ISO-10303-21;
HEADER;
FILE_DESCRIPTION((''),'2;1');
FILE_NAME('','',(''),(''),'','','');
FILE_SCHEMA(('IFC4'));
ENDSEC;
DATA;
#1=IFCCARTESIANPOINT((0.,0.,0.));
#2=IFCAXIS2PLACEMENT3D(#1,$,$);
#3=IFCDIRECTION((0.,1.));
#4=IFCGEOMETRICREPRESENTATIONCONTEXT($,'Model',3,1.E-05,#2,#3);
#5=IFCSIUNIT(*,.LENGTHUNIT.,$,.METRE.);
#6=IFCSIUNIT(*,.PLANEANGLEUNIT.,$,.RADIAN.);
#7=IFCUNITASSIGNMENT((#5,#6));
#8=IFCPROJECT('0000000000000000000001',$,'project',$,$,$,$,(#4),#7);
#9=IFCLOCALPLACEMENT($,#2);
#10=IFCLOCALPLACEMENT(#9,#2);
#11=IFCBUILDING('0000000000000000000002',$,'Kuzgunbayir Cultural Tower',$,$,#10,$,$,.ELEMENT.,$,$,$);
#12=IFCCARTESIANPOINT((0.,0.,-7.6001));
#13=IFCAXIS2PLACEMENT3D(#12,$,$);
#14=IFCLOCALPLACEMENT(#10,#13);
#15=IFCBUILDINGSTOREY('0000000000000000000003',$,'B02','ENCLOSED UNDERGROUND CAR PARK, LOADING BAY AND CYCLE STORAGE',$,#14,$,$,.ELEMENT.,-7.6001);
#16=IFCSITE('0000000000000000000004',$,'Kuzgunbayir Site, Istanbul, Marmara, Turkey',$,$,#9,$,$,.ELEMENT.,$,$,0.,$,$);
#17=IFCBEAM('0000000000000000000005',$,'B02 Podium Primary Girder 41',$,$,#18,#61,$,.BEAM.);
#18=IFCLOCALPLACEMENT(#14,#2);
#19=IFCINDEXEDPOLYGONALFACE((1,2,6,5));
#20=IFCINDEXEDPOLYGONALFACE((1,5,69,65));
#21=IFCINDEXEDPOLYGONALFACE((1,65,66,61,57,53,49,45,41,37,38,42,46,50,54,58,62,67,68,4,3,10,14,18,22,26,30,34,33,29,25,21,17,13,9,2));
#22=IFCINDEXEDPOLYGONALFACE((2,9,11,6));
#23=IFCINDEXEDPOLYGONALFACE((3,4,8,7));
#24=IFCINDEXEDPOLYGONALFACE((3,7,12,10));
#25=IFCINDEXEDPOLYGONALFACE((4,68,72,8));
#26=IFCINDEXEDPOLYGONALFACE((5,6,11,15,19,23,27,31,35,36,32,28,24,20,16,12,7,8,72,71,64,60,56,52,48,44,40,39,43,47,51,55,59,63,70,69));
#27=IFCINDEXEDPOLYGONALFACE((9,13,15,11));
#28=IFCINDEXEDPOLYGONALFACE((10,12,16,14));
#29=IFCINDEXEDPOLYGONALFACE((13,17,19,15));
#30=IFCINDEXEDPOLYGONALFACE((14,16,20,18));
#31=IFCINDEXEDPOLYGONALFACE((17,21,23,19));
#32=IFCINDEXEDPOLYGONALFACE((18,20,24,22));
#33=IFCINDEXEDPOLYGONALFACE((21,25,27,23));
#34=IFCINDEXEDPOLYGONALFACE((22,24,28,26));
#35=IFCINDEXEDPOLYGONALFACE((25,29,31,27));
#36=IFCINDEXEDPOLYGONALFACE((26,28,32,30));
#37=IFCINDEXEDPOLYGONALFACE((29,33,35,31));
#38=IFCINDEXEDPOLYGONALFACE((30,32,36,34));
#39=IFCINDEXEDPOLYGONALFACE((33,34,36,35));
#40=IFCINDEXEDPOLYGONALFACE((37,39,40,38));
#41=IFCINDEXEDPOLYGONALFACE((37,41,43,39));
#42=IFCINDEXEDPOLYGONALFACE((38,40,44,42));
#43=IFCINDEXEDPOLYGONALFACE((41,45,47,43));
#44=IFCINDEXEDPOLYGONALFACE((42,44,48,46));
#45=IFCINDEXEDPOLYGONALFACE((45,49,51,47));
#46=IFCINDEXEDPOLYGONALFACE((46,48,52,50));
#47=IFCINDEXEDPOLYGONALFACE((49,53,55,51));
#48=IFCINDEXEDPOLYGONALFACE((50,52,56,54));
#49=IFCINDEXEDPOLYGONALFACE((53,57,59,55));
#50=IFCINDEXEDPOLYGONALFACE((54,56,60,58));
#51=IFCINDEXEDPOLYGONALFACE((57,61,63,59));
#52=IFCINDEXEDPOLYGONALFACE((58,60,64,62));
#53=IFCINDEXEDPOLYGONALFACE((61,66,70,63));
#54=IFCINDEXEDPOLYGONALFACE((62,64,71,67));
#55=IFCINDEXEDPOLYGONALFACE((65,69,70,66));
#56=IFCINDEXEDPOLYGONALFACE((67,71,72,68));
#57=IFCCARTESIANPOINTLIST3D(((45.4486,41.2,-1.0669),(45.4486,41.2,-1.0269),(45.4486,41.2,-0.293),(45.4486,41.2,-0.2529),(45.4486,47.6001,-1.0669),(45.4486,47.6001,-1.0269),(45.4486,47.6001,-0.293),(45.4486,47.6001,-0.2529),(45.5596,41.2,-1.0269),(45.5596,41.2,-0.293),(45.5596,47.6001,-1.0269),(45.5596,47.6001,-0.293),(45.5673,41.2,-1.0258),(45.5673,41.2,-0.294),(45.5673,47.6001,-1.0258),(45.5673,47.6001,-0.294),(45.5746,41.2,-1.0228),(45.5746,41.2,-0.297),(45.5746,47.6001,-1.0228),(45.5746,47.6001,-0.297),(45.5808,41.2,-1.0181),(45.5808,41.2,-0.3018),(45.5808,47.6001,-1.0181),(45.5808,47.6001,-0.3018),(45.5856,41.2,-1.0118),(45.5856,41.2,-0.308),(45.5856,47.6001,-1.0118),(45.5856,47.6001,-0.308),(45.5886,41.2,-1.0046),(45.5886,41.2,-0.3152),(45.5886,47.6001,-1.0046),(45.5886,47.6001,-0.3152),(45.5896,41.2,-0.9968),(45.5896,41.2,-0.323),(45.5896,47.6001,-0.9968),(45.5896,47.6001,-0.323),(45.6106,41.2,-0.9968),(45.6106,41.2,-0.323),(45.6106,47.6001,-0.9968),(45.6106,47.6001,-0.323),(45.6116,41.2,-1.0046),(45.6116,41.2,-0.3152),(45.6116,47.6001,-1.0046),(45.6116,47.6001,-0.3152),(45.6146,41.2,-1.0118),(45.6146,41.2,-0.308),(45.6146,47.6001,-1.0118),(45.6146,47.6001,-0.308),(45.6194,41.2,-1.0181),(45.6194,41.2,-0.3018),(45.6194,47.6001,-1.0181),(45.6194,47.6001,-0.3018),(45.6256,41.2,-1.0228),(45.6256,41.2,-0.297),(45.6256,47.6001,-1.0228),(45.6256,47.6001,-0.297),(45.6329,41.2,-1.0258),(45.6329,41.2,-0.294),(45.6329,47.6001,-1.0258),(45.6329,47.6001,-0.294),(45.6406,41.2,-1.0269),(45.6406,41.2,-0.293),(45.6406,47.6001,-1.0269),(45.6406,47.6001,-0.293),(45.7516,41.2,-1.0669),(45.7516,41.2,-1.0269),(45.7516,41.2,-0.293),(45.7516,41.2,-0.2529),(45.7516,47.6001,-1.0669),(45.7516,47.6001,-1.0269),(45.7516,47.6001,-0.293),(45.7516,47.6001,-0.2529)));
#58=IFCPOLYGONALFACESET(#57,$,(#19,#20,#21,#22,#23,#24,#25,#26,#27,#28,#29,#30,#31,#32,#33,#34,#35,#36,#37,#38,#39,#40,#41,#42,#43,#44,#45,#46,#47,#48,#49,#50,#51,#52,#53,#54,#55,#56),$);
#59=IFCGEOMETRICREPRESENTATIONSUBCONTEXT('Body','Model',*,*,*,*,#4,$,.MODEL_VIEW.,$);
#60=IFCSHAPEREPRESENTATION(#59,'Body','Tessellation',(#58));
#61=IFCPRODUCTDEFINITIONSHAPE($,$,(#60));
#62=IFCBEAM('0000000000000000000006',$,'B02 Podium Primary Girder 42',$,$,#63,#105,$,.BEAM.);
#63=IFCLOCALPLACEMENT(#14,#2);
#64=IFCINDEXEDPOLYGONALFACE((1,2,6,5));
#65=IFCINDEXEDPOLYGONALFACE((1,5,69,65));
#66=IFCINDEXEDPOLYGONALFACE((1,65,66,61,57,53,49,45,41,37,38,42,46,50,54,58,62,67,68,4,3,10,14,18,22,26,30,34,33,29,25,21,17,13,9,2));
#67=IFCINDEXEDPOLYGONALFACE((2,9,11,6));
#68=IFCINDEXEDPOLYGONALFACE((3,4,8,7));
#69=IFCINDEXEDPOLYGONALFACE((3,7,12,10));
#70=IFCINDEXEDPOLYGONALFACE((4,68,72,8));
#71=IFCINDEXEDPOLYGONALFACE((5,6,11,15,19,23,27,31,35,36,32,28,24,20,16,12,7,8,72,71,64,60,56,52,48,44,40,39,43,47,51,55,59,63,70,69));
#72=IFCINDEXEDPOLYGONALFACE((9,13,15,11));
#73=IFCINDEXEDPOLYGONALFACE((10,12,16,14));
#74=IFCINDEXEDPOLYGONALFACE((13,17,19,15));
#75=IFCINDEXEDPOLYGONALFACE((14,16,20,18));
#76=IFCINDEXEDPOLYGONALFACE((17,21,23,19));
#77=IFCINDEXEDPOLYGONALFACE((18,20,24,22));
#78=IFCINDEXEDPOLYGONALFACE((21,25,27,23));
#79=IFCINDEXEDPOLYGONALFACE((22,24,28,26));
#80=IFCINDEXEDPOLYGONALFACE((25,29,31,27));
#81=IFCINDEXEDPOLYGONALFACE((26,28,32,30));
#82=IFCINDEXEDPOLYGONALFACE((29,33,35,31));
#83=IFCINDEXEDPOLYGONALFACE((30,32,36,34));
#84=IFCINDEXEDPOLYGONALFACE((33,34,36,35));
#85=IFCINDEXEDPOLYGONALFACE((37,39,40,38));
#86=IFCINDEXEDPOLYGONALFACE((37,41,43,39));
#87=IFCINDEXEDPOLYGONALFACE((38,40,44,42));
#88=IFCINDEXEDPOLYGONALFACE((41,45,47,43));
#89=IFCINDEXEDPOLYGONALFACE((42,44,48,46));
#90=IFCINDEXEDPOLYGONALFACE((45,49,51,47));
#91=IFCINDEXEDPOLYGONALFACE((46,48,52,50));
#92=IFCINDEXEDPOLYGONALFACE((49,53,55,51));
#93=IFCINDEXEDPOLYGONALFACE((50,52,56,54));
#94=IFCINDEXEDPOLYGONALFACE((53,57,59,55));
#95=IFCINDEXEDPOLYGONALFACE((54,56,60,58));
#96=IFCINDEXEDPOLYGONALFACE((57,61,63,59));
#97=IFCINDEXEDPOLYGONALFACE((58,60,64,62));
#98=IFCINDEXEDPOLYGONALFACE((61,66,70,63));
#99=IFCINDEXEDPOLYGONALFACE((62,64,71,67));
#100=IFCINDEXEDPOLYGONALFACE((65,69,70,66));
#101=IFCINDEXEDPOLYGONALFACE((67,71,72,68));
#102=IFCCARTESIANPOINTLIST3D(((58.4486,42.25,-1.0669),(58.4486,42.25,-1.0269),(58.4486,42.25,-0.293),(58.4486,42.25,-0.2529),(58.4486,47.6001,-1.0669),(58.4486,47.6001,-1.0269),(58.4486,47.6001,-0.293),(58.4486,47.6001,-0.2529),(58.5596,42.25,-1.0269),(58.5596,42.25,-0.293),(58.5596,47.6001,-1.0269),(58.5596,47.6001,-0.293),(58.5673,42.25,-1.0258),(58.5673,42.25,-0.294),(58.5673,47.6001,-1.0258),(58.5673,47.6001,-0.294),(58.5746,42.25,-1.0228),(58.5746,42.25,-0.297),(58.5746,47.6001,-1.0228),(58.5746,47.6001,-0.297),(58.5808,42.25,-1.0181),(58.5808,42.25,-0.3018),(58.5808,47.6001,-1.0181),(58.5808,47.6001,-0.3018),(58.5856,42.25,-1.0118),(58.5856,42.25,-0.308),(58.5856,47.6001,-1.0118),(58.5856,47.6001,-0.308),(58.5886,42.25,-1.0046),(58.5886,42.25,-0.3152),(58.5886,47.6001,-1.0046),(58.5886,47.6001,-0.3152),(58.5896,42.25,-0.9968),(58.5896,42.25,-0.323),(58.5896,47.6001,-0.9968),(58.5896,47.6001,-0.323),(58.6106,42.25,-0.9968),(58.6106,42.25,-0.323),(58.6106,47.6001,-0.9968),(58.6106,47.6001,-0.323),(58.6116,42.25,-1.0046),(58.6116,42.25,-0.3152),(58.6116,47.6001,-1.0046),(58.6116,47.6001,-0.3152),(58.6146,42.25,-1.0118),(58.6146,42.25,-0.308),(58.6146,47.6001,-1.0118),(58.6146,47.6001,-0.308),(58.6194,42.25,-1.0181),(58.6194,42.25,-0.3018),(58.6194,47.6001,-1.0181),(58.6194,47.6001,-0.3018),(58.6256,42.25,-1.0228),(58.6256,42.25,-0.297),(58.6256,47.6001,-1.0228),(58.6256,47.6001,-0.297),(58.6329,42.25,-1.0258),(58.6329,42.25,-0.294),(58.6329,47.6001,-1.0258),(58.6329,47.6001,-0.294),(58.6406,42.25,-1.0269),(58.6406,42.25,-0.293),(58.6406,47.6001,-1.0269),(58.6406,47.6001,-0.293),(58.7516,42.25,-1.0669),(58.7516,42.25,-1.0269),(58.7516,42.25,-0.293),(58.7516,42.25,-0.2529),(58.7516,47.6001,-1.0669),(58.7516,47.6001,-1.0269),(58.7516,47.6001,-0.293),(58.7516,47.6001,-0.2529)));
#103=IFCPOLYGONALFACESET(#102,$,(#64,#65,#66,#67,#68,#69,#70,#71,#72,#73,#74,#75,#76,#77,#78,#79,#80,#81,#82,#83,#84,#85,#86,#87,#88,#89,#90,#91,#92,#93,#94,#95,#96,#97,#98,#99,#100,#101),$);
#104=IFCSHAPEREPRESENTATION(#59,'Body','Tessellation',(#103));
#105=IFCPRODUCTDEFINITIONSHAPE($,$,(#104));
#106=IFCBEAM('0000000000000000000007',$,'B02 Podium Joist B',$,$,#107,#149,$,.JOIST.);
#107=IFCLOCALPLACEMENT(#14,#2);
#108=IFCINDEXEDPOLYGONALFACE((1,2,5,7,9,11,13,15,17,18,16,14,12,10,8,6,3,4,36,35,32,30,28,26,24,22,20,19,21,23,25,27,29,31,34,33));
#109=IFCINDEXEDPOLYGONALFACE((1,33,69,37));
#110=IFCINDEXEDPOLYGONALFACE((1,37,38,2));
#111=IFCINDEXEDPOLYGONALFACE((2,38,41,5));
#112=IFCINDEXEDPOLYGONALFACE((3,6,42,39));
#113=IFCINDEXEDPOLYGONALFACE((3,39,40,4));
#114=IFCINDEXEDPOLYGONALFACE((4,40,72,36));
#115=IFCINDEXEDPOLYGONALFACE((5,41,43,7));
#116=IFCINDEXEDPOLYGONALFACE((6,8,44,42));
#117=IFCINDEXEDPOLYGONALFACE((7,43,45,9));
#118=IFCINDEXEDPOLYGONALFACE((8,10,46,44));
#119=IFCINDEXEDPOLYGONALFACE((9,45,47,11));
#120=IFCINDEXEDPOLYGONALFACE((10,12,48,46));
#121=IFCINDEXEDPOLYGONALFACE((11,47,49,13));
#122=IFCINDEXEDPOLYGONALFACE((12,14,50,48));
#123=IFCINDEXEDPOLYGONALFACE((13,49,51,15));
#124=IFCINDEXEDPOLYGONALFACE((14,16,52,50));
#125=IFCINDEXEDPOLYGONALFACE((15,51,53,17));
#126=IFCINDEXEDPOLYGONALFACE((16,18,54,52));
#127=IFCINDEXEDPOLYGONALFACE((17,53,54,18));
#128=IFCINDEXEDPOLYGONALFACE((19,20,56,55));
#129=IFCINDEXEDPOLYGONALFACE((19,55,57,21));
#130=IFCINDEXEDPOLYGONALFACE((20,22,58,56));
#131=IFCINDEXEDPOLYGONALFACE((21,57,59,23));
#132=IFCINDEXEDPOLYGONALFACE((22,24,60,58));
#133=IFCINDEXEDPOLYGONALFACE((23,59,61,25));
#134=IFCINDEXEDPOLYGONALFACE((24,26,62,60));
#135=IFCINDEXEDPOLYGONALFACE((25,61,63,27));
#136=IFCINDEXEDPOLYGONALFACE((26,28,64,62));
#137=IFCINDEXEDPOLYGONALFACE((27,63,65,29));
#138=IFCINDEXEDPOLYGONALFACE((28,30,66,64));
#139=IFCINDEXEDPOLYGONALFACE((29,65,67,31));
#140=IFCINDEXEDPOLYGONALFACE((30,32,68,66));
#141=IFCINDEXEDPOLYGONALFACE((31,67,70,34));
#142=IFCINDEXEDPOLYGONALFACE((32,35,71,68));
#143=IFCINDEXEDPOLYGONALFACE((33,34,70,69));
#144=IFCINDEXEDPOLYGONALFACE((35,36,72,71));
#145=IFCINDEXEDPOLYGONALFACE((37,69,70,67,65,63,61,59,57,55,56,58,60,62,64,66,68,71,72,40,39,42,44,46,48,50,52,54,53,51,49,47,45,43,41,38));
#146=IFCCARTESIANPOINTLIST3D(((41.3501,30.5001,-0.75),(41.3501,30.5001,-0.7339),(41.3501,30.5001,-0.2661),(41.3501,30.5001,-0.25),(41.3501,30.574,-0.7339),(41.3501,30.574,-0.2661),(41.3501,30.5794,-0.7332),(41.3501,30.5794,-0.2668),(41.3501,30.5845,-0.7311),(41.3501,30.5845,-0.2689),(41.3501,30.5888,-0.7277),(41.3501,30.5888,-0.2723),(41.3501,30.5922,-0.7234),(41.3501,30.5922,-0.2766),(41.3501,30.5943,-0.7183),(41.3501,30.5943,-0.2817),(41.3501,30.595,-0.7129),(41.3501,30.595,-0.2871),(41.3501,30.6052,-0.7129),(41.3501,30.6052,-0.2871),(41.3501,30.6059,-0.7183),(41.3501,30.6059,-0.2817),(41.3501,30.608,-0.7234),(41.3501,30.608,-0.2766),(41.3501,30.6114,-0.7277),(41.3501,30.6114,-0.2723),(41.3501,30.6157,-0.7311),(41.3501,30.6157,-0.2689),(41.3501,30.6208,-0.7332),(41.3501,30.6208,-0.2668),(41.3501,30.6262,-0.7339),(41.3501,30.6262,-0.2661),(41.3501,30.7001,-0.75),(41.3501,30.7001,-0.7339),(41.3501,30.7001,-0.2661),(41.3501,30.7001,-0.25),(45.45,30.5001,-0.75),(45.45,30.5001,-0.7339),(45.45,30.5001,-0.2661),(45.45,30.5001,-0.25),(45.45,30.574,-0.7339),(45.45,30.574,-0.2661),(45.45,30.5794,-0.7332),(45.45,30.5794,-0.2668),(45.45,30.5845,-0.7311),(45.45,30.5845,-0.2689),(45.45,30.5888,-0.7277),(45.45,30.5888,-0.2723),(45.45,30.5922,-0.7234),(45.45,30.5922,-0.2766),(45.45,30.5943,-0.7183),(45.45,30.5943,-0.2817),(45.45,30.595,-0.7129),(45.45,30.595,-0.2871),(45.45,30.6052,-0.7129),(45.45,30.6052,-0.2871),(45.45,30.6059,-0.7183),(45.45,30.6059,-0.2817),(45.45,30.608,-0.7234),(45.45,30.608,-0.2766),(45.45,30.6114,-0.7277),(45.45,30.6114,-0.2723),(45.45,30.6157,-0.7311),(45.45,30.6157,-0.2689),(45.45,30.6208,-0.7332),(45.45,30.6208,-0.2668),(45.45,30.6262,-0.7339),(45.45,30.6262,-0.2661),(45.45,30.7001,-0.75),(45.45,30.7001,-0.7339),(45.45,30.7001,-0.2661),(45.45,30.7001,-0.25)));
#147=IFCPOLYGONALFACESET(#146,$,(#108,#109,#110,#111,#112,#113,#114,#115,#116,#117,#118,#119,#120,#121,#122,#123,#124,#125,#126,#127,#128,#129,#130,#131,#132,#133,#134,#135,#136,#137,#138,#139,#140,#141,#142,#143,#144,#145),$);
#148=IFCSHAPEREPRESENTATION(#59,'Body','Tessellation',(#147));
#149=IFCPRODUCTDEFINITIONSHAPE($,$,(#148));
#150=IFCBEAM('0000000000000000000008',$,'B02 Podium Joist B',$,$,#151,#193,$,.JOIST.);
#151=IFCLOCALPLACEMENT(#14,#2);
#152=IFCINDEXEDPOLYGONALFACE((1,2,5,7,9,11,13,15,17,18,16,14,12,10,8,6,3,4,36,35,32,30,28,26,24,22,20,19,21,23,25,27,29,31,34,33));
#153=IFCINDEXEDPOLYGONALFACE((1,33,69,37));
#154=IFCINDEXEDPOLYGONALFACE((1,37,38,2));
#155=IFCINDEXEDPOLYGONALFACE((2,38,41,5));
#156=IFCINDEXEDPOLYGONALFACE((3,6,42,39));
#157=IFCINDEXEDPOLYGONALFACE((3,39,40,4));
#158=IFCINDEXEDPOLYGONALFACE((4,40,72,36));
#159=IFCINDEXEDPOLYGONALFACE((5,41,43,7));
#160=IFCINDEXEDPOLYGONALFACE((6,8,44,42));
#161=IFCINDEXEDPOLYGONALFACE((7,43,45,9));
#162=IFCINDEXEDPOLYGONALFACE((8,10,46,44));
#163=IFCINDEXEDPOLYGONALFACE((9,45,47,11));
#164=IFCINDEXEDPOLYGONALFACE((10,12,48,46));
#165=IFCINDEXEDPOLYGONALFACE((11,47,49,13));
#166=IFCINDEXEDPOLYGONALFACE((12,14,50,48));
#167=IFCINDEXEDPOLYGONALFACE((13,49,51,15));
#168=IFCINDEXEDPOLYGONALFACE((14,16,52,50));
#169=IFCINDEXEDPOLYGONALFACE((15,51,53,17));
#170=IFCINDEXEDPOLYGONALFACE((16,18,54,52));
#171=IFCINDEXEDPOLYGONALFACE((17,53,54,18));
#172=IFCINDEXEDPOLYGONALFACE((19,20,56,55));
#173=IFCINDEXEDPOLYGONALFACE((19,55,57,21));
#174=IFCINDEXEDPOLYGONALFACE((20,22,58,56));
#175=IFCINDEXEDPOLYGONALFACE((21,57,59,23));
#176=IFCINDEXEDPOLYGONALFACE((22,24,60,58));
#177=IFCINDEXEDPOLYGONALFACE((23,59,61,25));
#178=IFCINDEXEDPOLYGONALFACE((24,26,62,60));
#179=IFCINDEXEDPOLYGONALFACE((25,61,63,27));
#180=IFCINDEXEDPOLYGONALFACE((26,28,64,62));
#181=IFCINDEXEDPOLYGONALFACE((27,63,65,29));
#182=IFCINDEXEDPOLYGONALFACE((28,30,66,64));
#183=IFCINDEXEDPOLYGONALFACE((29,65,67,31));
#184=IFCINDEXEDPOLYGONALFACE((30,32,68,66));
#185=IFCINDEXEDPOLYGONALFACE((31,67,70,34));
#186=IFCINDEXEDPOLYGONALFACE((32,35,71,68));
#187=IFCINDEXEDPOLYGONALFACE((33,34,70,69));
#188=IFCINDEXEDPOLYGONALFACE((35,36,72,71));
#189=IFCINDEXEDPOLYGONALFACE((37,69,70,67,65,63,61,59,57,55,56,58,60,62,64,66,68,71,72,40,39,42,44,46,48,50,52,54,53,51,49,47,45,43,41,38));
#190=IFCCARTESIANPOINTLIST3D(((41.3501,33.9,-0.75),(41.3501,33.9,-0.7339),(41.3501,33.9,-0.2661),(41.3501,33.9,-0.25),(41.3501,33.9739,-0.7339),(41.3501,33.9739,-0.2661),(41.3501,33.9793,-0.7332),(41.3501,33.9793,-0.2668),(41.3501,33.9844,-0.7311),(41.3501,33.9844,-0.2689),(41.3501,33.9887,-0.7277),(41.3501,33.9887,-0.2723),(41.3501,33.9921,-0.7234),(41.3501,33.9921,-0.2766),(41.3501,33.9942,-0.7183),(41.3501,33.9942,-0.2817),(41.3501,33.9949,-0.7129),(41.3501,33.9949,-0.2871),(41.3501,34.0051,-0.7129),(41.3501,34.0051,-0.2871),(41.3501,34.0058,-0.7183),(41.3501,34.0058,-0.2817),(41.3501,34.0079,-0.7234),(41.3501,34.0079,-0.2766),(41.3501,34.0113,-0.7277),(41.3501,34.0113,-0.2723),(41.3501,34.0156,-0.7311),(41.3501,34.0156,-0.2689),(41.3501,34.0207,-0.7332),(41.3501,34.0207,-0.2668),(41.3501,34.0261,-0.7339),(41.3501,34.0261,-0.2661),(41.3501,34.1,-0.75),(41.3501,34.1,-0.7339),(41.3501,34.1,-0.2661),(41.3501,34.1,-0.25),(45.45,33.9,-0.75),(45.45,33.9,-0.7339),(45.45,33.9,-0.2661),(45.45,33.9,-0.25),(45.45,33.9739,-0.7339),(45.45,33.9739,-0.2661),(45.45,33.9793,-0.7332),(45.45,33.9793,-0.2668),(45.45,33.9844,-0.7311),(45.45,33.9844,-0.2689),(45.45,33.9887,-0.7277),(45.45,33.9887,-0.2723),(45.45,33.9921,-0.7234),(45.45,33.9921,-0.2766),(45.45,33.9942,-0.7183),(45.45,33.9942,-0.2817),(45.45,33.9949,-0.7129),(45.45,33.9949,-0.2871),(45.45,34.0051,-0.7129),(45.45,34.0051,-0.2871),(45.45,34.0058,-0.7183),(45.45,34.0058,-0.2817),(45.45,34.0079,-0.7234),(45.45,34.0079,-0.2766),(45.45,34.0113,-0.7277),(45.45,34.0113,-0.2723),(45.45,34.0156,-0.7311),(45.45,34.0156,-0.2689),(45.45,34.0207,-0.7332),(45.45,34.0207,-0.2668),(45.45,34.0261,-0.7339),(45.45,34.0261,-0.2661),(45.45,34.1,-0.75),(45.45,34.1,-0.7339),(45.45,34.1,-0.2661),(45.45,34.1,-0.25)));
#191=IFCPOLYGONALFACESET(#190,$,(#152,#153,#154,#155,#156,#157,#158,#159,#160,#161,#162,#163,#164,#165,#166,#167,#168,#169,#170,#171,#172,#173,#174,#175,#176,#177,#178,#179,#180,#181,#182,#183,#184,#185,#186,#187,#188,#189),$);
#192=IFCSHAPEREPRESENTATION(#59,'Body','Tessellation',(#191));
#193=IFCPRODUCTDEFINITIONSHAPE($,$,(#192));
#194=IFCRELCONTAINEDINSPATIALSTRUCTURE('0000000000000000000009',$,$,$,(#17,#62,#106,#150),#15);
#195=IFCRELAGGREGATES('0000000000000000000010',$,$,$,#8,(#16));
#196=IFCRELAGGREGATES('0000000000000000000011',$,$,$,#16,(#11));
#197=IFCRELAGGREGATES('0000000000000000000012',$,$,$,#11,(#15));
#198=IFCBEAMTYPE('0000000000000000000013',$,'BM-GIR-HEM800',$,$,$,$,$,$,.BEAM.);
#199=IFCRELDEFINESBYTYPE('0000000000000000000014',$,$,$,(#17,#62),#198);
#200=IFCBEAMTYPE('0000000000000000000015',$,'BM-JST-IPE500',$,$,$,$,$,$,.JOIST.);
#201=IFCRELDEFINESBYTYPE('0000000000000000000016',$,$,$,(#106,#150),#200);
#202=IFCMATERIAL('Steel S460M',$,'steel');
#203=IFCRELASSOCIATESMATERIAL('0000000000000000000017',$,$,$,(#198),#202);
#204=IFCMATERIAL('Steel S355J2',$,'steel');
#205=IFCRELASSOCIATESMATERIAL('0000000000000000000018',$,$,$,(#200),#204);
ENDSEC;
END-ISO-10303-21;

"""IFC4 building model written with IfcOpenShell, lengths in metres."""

from ifc_helpers import new_model, si_unit, direction, frame, origin, origin_2d, place, context, subcontext, project, spatial, i_section, extrude, material, material_profile, profile_set, type_object, element, save


model = new_model("IFC4")

# Units and contexts
model_context = context("Model", 3, precision=1e-05, world=origin(), true_north=direction((0.0, 1.0)))
body_context = subcontext(model_context, "Body", "Model", "MODEL_VIEW")
ifc_project = project(units=[si_unit("LENGTHUNIT", "METRE"), si_unit("PLANEANGLEUNIT", "RADIAN")], contexts=[model_context])

# Site, building, storey
site_placement = place(None, origin())
site = spatial("IfcSite", under=ifc_project, at=site_placement, Name="Kuzgunbayir Site, Istanbul, Marmara, Turkey", CompositionType="ELEMENT", RefElevation=0.0)
building_placement = place(site_placement, origin())
building = spatial("IfcBuilding", under=site, at=building_placement, Name="Kuzgunbayir Cultural Tower", CompositionType="ELEMENT")
storey_placement = place(building_placement, frame((0.0, 0.0, -7.6001)))
storey = spatial("IfcBuildingStorey", under=building, at=storey_placement, Name="B02", Description="ENCLOSED UNDERGROUND CAR PARK, LOADING BAY AND CYCLE STORAGE", CompositionType="ELEMENT", Elevation=-7.6001)

# Beams
ifc_material_1 = material(Name="Steel S460M", Category="steel")
ifc_material_profile_1 = material_profile(ifc_material_1, i_section(OverallWidth=0.303, OverallDepth=0.814, WebThickness=0.021, FlangeThickness=0.04, FilletRadius=0.03, at=origin_2d()), Name="HEM 800")
ifc_profile_set_1 = profile_set([ifc_material_profile_1], Name="Steel S460M")
beam_type_1 = type_object("IfcBeamType", Name="BM-GIR-HEM800", PredefinedType="BEAM", material=ifc_profile_set_1)
beam_1_placement = place(storey_placement, frame((45.6001, 41.2, -0.6599), z_axis=(0.0, 1.0, 0.0), x_axis=(-1.0, 0.0, 0.0)))
element("IfcBeam", 1, at=beam_1_placement, inside=storey, type_object=beam_type_1, Name="B02 Podium Primary Girder 41", PredefinedType="BEAM", context=body_context, shape_type="SweptSolid", body=[
    extrude(i_section(OverallWidth=0.303, OverallDepth=0.814, WebThickness=0.021, FlangeThickness=0.04, FilletRadius=0.03, at=origin_2d()), origin(), (0.0, 0.0, 1.0), 6.4001),
])
beam_2_placement = place(storey_placement, frame((58.6001, 42.25, -0.6599), z_axis=(0.0, 1.0, 0.0), x_axis=(-1.0, 0.0, 0.0)))
element("IfcBeam", 2, at=beam_2_placement, inside=storey, type_object=beam_type_1, Name="B02 Podium Primary Girder 42", PredefinedType="BEAM", context=body_context, shape_type="SweptSolid", body=[
    extrude(i_section(OverallWidth=0.303, OverallDepth=0.814, WebThickness=0.021, FlangeThickness=0.04, FilletRadius=0.03, at=origin_2d()), origin(), (0.0, 0.0, 1.0), 5.3501),
])
ifc_material_2 = material(Name="Steel S355J2", Category="steel")
ifc_material_profile_2 = material_profile(ifc_material_2, i_section(OverallWidth=0.2, OverallDepth=0.5, WebThickness=0.0103, FlangeThickness=0.0161, FilletRadius=0.021, at=origin_2d()), Name="IPE 500")
ifc_profile_set_2 = profile_set([ifc_material_profile_2], Name="Steel S355J2")
beam_type_2 = type_object("IfcBeamType", Name="BM-JST-IPE500", PredefinedType="JOIST", material=ifc_profile_set_2)
for number, where, z_axis, x_axis, name in (
    (3, (41.3501, 30.6001, -0.5), (1.0, 0.0, 0.0), (0.0, 1.0, 0.0), "B02 Podium Joist B"),
    (4, (41.3501, 34.0, -0.5), (1.0, 0.0, 0.0), (0.0, 1.0, 0.0), "B02 Podium Joist B"),
):
    element("IfcBeam", number, at=place(storey_placement, frame(where, z_axis=z_axis, x_axis=x_axis)), inside=storey, type_object=beam_type_2, Name=name, PredefinedType="JOIST", context=body_context, shape_type="SweptSolid", body=[
        extrude(i_section(OverallWidth=0.2, OverallDepth=0.5, WebThickness=0.0103, FlangeThickness=0.0161, FilletRadius=0.021, at=origin_2d()), origin(), (0.0, 0.0, 1.0), 4.0999),
    ])

save(model, "model.ifc")
